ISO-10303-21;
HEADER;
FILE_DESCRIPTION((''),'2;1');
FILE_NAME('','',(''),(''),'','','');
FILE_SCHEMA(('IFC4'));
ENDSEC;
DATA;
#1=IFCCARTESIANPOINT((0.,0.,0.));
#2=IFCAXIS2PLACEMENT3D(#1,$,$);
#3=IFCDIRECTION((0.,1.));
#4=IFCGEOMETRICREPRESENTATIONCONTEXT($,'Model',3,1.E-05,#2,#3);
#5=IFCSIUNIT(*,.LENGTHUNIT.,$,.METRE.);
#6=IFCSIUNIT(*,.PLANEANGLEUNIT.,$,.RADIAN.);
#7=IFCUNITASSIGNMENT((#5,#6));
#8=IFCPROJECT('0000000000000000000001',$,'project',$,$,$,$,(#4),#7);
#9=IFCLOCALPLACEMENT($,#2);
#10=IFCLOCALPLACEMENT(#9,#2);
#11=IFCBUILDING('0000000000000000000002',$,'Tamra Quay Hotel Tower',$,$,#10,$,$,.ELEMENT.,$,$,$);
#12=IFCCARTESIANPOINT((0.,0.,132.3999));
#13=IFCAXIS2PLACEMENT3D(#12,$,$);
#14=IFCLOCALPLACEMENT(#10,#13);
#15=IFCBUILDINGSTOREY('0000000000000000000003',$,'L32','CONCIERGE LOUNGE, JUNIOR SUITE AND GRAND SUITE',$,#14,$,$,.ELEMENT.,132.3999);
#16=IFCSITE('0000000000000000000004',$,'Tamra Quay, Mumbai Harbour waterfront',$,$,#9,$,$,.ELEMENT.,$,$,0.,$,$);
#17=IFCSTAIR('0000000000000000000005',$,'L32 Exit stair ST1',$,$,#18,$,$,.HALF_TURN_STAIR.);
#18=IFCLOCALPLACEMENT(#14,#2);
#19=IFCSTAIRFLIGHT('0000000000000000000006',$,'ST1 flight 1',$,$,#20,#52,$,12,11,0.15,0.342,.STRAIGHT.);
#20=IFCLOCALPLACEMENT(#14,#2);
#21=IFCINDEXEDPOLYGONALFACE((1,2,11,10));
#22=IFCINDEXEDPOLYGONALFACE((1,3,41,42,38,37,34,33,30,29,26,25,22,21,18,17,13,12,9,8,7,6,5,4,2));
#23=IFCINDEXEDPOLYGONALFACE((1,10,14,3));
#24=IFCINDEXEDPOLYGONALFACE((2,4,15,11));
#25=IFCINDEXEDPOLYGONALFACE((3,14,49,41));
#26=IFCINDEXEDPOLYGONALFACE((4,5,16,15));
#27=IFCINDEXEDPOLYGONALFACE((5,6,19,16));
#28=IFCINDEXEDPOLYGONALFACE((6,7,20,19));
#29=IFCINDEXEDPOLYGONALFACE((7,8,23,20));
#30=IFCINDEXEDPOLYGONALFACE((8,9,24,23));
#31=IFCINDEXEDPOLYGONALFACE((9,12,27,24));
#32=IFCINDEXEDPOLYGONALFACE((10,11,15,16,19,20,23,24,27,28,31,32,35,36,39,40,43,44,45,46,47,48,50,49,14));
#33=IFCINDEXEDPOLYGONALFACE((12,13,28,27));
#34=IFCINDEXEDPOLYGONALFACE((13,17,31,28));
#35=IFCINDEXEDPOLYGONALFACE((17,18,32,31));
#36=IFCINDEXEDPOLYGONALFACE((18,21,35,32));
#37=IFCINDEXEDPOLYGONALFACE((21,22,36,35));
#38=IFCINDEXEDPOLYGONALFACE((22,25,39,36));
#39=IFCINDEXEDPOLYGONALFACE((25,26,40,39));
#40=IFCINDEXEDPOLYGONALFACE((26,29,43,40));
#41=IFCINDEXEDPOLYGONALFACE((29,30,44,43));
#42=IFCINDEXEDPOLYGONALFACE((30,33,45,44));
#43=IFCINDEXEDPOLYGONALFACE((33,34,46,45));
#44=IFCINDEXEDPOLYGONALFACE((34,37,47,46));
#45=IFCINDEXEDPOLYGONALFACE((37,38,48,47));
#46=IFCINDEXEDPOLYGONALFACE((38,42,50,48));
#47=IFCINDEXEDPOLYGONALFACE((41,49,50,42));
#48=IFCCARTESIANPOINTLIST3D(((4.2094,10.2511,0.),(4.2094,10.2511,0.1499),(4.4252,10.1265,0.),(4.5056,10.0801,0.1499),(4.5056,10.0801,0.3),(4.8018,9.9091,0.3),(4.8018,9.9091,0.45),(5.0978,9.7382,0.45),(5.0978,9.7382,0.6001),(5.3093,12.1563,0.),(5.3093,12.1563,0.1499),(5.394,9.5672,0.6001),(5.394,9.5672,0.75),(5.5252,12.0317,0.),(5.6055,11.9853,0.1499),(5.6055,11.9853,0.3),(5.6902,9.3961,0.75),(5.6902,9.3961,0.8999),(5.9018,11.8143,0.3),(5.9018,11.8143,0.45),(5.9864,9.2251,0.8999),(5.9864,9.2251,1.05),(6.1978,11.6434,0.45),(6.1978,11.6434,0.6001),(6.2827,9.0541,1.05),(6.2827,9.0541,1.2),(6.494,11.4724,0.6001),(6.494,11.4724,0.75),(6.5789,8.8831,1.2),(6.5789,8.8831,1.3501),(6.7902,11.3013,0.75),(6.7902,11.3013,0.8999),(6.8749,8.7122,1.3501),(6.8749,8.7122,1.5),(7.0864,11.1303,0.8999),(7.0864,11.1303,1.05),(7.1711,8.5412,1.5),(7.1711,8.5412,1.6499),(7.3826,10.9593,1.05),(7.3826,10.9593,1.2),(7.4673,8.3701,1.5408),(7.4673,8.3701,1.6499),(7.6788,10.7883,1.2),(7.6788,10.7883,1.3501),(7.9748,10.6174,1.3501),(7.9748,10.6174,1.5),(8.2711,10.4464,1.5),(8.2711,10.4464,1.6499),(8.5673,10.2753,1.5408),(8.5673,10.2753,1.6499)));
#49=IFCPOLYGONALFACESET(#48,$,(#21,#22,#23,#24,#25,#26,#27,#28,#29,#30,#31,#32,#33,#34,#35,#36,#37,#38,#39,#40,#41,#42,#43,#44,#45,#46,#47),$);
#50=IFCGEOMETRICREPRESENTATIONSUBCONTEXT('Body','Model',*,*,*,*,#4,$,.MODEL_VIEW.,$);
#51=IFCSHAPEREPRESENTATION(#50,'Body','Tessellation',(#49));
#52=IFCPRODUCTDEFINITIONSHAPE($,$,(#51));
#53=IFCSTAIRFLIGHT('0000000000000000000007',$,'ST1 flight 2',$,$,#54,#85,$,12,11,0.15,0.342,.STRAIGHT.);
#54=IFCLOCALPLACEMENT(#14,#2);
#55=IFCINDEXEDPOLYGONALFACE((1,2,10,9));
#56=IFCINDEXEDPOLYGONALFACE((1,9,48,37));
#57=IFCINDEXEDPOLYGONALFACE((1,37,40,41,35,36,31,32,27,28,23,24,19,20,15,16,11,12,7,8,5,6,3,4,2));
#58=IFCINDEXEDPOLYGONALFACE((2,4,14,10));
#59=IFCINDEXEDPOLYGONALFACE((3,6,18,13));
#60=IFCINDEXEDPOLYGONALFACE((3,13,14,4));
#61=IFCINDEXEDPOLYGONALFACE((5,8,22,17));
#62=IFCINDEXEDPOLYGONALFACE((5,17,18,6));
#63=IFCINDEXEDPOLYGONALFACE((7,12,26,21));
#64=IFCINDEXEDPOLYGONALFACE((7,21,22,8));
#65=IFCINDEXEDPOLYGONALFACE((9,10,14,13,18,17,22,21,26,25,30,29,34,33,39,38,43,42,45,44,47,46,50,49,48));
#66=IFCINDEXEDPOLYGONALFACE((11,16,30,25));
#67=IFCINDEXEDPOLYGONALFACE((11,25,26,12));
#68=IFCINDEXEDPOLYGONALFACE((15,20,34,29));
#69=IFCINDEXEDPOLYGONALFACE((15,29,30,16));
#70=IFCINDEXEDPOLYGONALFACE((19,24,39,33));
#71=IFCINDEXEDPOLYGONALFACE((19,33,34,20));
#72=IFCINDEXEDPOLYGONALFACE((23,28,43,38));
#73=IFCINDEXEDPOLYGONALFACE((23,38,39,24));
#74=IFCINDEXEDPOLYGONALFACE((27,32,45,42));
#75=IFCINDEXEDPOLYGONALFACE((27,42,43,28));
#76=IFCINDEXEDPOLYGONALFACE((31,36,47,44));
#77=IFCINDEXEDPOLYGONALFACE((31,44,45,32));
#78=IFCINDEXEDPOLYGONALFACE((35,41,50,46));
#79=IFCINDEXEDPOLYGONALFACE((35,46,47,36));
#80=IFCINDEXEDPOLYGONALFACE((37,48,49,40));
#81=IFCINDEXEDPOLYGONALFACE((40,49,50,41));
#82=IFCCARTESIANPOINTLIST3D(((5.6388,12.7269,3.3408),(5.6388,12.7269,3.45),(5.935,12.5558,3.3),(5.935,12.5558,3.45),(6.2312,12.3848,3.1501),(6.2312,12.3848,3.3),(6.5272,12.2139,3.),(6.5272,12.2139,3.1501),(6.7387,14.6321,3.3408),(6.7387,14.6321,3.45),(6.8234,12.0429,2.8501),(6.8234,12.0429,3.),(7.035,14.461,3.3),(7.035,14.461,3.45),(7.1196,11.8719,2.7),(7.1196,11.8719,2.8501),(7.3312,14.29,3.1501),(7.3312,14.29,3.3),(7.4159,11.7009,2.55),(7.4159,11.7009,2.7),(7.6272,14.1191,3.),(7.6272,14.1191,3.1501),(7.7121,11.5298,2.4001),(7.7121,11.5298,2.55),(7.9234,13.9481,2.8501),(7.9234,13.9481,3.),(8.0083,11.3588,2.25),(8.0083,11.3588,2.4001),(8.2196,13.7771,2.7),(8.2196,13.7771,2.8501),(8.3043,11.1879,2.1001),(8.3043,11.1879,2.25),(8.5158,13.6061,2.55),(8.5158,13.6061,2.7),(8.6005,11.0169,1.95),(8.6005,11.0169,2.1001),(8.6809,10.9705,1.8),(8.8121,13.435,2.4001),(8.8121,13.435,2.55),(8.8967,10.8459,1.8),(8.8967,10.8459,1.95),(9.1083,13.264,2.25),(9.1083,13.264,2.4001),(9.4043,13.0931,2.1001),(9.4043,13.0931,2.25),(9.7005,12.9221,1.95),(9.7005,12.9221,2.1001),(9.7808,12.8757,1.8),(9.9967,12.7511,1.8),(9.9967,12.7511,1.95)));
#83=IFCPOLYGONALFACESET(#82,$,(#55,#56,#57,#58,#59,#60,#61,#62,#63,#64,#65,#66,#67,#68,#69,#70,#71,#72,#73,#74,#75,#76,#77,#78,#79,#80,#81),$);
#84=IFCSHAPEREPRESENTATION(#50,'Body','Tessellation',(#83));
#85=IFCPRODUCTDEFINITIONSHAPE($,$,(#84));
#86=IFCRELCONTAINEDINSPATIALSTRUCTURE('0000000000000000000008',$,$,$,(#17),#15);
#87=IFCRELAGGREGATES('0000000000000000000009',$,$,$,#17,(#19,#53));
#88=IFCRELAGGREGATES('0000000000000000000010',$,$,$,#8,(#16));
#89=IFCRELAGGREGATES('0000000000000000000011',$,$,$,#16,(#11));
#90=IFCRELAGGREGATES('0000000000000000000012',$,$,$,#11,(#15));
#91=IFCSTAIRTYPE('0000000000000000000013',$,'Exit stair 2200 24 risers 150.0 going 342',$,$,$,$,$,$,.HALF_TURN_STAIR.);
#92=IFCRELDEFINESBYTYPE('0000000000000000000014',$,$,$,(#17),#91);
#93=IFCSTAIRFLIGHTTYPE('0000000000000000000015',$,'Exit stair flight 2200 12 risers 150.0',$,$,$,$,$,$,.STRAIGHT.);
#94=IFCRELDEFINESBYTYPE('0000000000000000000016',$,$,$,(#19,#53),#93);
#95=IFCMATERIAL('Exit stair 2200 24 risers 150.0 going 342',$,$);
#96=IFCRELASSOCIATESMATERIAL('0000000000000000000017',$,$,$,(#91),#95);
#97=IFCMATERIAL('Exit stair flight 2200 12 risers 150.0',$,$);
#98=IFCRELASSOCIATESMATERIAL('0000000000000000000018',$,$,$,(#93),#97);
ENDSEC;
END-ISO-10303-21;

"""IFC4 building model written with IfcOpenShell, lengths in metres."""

from ifc_helpers import new_model, si_unit, direction, frame, origin, place, context, subcontext, project, spatial, polyline, outline, extrude, material, type_object, element, aggregate, save


model = new_model("IFC4")

# Units and contexts
model_context = context("Model", 3, precision=1e-05, world=origin(), true_north=direction((0.0, 1.0)))
body_context = subcontext(model_context, "Body", "Model", "MODEL_VIEW")
ifc_project = project(units=[si_unit("LENGTHUNIT", "METRE"), si_unit("PLANEANGLEUNIT", "RADIAN")], contexts=[model_context])

# Site, building, storey
site_placement = place(None, origin())
site = spatial("IfcSite", under=ifc_project, at=site_placement, Name="Tamra Quay, Mumbai Harbour waterfront", CompositionType="ELEMENT", RefElevation=0.0)
building_placement = place(site_placement, origin())
building = spatial("IfcBuilding", under=site, at=building_placement, Name="Tamra Quay Hotel Tower", CompositionType="ELEMENT")
storey_placement = place(building_placement, frame((0.0, 0.0, 132.3999)))
storey = spatial("IfcBuildingStorey", under=building, at=storey_placement, Name="L32", Description="CONCIERGE LOUNGE, JUNIOR SUITE AND GRAND SUITE", CompositionType="ELEMENT", Elevation=132.3999)

# Stair, stair flights
ifc_material_1 = material(Name="Exit stair 2200 24 risers 150.0 going 342")
stair_type = type_object("IfcStairType", Name="Exit stair 2200 24 risers 150.0 going 342", PredefinedType="HALF_TURN_STAIR", material=ifc_material_1)
stair_placement = place(storey_placement, origin())
stair = element("IfcStair", 1, at=stair_placement, inside=storey, type_object=stair_type, Name="L32 Exit stair ST1", PredefinedType="HALF_TURN_STAIR")
ifc_material_2 = material(Name="Exit stair flight 2200 12 risers 150.0")
stair_flight_type = type_object("IfcStairFlightType", Name="Exit stair flight 2200 12 risers 150.0", PredefinedType="STRAIGHT", material=ifc_material_2)
stair_flight_1_placement = place(storey_placement, frame((4.7593, 11.2036, 0.0), z_axis=(0.0, 0.0, 1.0), x_axis=(0.866025, -0.5, 0.0)))
stair_flight_1 = element("IfcStairFlight", 2, at=stair_flight_1_placement, type_object=stair_flight_type, Name="ST1 flight 1", NumberOfRisers=12, NumberOfTreads=11, PredefinedType="STRAIGHT", RiserHeight=0.15, TreadLength=0.342, context=body_context, shape_type="SweptSolid", body=[
    extrude(outline(polyline([(0.0, 0.0), (0.0, 0.1499), (0.342, 0.1499), (0.342, 0.3), (0.6841, 0.3), (0.6841, 0.45), (1.0259, 0.45), (1.0259, 0.6001), (1.3679, 0.6001), (1.3679, 0.75), (1.71, 0.75), (1.71, 0.8999), (2.052, 0.8999), (2.052, 1.05), (2.394, 1.05), (2.394, 1.2), (2.7361, 1.2), (2.7361, 1.3501), (3.0779, 1.3501), (3.0779, 1.5), (3.4199, 1.5), (3.4199, 1.6499), (3.762, 1.6499), (3.762, 1.8), (3.762, 1.5408), (0.2493, 0.0), (0.0, 0.0)])), frame((0.0, 1.1001, 0.0), z_axis=(0.0, -1.0, 0.0), x_axis=(1.0, 0.0, 0.0)), (0.0, 0.0, 1.0), 2.2),
])
stair_flight_2_placement = place(storey_placement, frame((9.4468, 11.7986, 1.8), z_axis=(0.0, 0.0, 1.0), x_axis=(-0.866025, 0.5, 0.0)))
stair_flight_2 = element("IfcStairFlight", 3, at=stair_flight_2_placement, type_object=stair_flight_type, Name="ST1 flight 2", NumberOfRisers=12, NumberOfTreads=11, PredefinedType="STRAIGHT", RiserHeight=0.15, TreadLength=0.342, context=body_context, shape_type="SweptSolid", body=[
    extrude(outline(polyline([(0.0, 0.0), (0.0, 0.1499), (0.342, 0.1499), (0.342, 0.3), (0.6841, 0.3), (0.6841, 0.45), (1.0259, 0.45), (1.0259, 0.6001), (1.3679, 0.6001), (1.3679, 0.75), (1.71, 0.75), (1.71, 0.8999), (2.052, 0.8999), (2.052, 1.05), (2.394, 1.05), (2.394, 1.2), (2.7361, 1.2), (2.7361, 1.3501), (3.0779, 1.3501), (3.0779, 1.5), (3.4199, 1.5), (3.4199, 1.6499), (3.762, 1.6499), (3.762, 1.8), (3.762, 1.5408), (0.2493, 0.0), (0.0, 0.0)])), frame((0.0, 1.1001, 0.0), z_axis=(0.0, -1.0, 0.0), x_axis=(1.0, 0.0, 0.0)), (0.0, 0.0, 1.0), 2.2),
])
aggregate(stair, [stair_flight_1, stair_flight_2])

save(model, "model.ifc")
